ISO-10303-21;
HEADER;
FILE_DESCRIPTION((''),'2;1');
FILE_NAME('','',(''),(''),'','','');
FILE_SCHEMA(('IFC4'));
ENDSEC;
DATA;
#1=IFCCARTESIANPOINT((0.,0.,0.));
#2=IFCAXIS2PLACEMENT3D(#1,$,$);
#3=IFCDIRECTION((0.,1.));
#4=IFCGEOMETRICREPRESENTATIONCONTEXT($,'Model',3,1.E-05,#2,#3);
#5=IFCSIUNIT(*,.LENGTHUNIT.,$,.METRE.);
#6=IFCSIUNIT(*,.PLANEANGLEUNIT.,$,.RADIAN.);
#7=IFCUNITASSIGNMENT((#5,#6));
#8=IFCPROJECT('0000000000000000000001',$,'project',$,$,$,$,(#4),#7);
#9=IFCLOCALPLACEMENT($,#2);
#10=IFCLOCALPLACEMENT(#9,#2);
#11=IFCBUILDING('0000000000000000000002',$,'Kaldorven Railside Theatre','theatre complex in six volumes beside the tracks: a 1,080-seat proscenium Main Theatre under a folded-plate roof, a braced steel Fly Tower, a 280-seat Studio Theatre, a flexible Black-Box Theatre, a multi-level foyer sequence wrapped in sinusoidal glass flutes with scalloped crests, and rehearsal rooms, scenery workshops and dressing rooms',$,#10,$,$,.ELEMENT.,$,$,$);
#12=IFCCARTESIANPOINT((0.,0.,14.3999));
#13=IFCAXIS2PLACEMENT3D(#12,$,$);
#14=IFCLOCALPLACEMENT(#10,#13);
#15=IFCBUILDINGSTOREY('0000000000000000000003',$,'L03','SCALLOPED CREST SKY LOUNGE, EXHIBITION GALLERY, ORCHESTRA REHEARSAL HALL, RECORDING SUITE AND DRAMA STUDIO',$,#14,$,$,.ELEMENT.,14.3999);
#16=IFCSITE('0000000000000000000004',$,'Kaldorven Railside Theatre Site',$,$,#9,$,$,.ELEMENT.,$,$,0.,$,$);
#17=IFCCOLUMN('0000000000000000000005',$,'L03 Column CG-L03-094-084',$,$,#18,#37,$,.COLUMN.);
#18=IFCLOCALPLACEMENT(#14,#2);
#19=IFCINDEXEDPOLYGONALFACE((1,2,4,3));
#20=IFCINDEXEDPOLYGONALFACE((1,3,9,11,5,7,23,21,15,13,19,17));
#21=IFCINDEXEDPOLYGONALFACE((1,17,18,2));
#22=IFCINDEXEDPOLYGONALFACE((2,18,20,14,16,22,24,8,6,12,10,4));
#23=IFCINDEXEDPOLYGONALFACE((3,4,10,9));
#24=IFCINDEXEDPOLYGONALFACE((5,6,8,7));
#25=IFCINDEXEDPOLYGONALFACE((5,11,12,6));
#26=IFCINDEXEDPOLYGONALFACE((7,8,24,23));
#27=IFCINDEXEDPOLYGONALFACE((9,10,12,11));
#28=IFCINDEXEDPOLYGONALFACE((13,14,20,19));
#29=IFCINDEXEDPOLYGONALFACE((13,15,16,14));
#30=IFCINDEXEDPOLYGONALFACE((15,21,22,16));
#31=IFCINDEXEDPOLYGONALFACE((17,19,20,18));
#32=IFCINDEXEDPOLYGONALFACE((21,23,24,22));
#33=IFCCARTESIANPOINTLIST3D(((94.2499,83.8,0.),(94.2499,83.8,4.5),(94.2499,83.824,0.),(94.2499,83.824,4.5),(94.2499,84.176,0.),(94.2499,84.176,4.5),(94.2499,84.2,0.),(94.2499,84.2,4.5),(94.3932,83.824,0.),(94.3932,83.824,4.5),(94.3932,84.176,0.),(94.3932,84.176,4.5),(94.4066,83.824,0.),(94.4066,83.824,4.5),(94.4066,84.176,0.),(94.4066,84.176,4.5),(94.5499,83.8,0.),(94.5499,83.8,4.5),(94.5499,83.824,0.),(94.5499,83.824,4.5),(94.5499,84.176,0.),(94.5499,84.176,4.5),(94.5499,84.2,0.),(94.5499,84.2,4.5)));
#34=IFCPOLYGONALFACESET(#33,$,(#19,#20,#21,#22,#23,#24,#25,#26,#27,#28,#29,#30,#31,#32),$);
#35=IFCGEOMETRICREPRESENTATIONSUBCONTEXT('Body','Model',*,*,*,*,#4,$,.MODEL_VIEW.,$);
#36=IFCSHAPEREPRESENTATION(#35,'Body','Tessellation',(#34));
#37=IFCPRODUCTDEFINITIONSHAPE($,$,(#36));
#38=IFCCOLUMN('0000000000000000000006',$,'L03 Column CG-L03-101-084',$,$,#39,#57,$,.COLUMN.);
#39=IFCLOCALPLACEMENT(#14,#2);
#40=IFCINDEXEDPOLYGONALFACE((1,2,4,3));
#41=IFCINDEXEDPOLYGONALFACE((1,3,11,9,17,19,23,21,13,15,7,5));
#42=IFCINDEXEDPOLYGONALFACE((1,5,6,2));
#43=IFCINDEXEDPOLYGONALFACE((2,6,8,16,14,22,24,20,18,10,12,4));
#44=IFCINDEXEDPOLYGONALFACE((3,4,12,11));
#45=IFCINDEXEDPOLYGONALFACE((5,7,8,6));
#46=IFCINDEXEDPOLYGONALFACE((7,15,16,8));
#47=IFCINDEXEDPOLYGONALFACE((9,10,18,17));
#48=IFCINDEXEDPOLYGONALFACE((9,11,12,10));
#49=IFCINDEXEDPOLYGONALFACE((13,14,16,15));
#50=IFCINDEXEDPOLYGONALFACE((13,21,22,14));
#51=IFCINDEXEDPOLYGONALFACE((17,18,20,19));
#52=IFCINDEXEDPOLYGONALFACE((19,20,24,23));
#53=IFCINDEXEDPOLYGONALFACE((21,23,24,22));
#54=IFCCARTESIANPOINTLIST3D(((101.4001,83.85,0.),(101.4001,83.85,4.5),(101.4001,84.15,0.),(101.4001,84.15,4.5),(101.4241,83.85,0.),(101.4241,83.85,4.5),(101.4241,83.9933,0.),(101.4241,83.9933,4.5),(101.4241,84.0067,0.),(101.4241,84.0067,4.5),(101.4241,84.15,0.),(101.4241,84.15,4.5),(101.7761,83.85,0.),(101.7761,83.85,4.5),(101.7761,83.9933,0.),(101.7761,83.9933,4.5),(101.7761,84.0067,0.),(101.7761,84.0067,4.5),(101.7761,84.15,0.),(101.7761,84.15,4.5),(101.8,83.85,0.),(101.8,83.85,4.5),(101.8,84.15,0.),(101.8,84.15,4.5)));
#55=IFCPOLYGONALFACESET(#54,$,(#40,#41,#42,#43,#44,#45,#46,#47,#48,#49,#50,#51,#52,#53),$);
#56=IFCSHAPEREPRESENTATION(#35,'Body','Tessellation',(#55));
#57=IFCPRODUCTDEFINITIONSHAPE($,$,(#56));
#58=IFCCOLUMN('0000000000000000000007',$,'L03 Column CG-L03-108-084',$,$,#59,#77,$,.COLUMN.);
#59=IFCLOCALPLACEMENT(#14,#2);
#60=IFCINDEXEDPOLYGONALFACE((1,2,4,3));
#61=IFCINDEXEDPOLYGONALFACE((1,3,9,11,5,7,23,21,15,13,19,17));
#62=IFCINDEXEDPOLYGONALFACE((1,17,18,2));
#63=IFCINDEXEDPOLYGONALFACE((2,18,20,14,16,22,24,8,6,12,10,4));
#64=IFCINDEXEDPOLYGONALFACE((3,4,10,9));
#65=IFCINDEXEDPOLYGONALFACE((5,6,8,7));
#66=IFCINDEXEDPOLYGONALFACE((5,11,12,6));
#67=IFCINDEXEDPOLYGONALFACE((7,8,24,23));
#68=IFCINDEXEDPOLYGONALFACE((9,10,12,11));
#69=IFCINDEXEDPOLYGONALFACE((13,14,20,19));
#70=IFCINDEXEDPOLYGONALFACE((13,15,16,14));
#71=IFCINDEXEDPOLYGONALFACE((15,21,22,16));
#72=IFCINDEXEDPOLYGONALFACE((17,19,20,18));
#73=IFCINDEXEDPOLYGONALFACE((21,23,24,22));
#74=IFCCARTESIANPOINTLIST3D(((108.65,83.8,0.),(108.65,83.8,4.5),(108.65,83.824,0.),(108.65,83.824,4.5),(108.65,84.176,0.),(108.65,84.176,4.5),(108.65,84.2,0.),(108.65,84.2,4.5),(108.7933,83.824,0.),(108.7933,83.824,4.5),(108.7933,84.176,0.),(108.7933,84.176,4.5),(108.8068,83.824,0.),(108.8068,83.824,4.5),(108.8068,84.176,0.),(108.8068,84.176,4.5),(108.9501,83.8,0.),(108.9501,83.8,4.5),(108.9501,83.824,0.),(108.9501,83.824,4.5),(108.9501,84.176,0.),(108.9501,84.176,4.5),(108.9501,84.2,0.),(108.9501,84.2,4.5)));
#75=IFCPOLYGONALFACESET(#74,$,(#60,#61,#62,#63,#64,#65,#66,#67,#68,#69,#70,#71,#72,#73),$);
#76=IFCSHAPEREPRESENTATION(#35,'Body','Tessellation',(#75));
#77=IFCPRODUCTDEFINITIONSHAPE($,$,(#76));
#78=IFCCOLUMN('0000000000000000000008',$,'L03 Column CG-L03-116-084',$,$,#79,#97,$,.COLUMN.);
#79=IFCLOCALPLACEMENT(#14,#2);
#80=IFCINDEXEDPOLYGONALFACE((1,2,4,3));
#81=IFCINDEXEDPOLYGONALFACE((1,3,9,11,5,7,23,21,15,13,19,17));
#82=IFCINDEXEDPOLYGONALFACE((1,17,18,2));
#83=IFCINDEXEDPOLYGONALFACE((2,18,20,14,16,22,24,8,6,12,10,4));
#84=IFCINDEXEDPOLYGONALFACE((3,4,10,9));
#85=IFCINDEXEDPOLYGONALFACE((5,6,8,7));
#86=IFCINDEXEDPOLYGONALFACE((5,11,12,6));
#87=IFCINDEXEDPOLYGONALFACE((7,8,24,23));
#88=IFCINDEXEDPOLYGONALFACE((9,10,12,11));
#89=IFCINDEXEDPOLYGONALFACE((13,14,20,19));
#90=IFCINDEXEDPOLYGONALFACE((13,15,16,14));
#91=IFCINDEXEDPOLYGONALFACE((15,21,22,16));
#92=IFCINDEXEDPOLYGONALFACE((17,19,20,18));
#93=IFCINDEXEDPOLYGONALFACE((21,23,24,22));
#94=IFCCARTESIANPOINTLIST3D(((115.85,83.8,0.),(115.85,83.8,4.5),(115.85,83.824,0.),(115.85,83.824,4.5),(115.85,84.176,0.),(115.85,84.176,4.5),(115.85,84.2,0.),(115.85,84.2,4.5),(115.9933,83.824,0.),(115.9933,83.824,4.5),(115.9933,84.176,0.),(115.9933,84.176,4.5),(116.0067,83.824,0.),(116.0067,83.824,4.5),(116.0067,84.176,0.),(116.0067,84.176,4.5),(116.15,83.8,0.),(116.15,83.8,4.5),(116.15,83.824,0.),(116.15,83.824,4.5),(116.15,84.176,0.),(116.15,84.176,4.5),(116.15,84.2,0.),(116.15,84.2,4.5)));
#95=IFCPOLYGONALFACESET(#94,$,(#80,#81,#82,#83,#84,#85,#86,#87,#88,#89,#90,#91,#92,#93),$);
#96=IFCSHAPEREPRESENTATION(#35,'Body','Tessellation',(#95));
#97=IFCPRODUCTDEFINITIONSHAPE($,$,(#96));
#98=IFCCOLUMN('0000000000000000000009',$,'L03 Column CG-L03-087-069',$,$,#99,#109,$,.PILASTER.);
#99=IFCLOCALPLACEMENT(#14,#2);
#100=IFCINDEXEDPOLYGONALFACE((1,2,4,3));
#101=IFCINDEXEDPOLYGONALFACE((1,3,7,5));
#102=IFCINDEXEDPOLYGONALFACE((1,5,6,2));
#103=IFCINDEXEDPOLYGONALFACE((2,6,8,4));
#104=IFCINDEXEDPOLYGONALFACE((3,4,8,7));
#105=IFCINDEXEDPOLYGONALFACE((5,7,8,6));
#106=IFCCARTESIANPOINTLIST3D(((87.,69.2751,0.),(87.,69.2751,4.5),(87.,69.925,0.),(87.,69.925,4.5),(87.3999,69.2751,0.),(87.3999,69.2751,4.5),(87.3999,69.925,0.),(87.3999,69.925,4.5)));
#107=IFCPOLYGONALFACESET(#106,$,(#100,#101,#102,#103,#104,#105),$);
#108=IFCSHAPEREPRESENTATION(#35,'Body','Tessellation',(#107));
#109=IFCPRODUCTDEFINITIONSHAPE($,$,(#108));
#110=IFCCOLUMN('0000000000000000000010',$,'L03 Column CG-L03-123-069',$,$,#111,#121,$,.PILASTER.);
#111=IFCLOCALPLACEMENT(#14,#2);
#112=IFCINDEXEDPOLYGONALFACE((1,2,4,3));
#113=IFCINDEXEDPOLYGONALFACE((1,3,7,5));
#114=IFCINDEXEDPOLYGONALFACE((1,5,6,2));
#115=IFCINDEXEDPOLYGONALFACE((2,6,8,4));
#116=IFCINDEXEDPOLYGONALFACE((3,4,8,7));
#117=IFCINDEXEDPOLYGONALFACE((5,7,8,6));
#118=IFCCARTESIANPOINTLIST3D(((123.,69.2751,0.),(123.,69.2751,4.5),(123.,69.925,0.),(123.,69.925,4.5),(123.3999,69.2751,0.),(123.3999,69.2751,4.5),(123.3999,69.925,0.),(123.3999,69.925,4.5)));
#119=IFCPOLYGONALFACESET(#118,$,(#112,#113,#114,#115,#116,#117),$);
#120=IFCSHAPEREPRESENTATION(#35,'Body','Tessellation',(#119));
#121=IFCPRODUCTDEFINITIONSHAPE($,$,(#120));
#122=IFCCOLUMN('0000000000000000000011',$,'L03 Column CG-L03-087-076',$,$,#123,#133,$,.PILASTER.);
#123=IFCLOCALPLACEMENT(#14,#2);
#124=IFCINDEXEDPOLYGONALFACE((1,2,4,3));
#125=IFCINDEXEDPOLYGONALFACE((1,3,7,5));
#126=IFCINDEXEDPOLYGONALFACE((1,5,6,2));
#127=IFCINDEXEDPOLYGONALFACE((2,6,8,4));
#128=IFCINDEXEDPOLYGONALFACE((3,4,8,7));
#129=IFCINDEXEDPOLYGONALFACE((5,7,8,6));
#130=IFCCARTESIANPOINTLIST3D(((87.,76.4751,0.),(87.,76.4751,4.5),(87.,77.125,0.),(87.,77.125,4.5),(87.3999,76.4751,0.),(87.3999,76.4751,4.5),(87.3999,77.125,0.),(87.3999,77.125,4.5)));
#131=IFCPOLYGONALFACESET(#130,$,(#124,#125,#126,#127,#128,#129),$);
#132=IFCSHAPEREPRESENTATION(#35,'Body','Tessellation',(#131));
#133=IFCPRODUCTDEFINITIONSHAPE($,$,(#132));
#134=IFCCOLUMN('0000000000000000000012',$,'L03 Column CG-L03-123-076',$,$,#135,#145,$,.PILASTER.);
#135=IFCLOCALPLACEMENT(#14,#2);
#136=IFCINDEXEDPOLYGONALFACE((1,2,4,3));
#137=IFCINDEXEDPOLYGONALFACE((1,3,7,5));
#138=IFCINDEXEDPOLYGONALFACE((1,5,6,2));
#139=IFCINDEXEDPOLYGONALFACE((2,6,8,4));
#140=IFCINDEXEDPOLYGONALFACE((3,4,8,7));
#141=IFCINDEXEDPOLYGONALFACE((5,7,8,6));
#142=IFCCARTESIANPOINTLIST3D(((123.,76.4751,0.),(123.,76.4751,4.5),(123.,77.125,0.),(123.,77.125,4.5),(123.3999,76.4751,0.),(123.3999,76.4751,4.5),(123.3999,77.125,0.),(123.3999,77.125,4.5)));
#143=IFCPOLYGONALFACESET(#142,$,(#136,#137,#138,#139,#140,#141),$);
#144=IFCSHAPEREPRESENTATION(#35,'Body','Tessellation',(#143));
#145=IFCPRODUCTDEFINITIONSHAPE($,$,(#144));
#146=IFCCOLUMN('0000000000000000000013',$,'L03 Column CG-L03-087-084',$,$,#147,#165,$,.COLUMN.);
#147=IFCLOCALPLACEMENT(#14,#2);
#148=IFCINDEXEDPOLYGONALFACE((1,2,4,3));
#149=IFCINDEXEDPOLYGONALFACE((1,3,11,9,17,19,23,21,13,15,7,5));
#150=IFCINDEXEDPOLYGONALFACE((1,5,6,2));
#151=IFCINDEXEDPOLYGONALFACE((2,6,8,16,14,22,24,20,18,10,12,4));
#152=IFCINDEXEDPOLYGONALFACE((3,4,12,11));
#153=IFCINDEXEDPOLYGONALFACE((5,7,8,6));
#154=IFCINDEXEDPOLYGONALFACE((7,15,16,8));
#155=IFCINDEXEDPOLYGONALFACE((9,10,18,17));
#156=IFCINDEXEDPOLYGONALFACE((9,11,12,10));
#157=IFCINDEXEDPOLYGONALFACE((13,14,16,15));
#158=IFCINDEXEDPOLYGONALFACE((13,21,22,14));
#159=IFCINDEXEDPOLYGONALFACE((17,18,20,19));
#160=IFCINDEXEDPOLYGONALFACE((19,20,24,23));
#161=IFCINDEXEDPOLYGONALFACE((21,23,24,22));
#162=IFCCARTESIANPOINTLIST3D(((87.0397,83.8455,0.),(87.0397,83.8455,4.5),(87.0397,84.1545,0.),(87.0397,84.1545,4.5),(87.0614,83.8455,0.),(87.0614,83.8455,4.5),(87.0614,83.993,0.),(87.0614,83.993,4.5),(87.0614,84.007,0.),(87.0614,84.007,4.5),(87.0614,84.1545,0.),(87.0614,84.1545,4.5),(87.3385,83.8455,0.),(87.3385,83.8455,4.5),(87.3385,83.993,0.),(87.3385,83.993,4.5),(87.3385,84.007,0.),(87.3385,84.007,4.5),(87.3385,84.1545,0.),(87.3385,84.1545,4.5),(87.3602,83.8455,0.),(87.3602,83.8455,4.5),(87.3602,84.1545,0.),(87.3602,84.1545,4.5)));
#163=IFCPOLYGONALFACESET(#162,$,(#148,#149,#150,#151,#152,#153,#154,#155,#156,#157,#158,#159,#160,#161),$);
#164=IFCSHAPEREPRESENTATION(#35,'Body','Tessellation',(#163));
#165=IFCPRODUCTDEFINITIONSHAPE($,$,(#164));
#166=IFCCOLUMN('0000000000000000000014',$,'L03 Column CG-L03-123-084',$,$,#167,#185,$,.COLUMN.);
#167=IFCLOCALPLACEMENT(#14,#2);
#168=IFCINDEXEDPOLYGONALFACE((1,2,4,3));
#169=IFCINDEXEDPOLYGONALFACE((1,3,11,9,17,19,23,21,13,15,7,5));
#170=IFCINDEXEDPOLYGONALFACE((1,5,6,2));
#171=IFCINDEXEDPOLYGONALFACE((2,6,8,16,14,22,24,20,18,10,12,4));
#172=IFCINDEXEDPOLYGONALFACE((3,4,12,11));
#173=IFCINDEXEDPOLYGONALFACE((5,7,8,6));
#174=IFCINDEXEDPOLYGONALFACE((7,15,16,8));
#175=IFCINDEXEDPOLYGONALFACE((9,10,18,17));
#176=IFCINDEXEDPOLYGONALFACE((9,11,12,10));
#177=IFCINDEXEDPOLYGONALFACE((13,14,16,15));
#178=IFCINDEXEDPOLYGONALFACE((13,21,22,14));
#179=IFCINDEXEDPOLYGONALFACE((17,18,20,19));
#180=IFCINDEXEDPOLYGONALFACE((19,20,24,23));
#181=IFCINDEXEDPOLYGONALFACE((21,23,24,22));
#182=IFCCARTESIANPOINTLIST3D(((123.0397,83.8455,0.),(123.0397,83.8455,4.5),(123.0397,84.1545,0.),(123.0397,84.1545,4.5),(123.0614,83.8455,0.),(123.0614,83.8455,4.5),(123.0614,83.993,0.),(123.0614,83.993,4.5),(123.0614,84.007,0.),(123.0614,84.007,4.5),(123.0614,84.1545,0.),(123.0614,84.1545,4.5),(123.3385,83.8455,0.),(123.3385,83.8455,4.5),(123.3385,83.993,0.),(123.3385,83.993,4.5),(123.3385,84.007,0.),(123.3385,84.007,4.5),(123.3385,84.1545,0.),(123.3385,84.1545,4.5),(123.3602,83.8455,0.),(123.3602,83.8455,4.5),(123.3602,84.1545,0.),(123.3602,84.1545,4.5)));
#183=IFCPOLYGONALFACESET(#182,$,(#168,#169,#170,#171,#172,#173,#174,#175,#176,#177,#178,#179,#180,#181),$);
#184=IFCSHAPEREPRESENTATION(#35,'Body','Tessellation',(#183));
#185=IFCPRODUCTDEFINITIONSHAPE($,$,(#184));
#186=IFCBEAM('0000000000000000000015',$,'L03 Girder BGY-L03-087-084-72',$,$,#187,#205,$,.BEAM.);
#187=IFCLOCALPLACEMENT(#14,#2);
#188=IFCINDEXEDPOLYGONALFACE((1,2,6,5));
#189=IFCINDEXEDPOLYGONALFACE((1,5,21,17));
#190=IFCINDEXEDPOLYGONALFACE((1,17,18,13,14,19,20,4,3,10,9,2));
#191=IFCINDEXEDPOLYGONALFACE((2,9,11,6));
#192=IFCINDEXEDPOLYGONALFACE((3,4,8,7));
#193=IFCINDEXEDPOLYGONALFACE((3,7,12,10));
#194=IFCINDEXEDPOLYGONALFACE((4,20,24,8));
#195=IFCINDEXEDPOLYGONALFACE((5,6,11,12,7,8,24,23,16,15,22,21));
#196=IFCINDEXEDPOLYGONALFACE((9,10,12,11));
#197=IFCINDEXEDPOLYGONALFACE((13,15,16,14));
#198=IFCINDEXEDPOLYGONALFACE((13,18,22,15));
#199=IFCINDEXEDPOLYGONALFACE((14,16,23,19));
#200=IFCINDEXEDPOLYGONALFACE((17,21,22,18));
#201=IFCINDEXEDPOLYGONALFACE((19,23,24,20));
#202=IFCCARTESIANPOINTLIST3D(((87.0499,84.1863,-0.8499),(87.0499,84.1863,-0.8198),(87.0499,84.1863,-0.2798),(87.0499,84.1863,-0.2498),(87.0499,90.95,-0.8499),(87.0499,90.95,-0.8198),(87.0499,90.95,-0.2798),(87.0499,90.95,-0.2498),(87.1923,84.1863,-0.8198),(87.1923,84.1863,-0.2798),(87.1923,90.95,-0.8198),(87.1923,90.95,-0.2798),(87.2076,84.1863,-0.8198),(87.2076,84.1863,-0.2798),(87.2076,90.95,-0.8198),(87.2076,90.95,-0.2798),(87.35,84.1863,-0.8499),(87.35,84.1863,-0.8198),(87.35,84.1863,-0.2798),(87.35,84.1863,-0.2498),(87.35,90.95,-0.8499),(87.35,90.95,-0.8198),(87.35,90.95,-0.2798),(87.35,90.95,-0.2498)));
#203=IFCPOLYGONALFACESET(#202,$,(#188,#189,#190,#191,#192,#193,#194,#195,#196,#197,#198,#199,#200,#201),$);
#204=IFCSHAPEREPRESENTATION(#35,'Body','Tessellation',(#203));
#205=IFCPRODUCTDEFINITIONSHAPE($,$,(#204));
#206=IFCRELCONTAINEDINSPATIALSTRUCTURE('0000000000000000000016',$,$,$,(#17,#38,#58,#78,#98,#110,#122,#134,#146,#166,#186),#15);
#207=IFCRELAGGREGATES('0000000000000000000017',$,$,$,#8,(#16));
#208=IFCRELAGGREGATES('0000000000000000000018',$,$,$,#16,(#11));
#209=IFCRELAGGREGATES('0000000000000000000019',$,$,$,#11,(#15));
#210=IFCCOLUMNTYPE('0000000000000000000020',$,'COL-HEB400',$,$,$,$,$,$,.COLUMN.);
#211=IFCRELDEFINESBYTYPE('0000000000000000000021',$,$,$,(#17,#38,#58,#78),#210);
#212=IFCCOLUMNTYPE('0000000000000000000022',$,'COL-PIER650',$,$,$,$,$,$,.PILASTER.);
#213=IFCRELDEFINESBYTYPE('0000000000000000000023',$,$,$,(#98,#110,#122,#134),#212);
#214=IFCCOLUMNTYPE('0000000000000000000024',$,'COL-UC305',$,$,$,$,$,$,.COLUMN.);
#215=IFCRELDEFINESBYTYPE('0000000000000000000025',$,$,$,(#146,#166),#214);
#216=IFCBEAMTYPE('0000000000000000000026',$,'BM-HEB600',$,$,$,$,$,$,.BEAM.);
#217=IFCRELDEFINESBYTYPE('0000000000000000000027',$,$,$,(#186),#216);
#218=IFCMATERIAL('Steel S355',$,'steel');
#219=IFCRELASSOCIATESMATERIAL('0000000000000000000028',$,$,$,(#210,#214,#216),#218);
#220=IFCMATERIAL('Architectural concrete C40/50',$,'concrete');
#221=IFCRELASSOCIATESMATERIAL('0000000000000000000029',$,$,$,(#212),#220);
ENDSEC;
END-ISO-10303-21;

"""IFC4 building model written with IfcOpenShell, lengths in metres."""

from ifc_helpers import new_model, si_unit, direction, frame, origin, origin_2d, place, context, subcontext, project, spatial, rectangle, i_section, extrude, material, material_profile, profile_set, type_object, element, save


model = new_model("IFC4")

# Units and contexts
model_context = context("Model", 3, precision=1e-05, world=origin(), true_north=direction((0.0, 1.0)))
body_context = subcontext(model_context, "Body", "Model", "MODEL_VIEW")
ifc_project = project(units=[si_unit("LENGTHUNIT", "METRE"), si_unit("PLANEANGLEUNIT", "RADIAN")], contexts=[model_context])

# Site, building, storey
site_placement = place(None, origin())
site = spatial("IfcSite", under=ifc_project, at=site_placement, Name="Kaldorven Railside Theatre Site", CompositionType="ELEMENT", RefElevation=0.0)
building_placement = place(site_placement, origin())
building = spatial("IfcBuilding", under=site, at=building_placement, Name="Kaldorven Railside Theatre", Description="theatre complex in six volumes beside the tracks: a 1,080-seat proscenium Main Theatre under a folded-plate roof, a braced steel Fly Tower, a 280-seat Studio Theatre, a flexible Black-Box Theatre, a multi-level foyer sequence wrapped in sinusoidal glass flutes with scalloped crests, and rehearsal rooms, scenery workshops and dressing rooms", CompositionType="ELEMENT")
storey_placement = place(building_placement, frame((0.0, 0.0, 14.3999)))
storey = spatial("IfcBuildingStorey", under=building, at=storey_placement, Name="L03", Description="SCALLOPED CREST SKY LOUNGE, EXHIBITION GALLERY, ORCHESTRA REHEARSAL HALL, RECORDING SUITE AND DRAMA STUDIO", CompositionType="ELEMENT", Elevation=14.3999)

# Columns
ifc_material_1 = material(Name="Steel S355", Category="steel")
ifc_material_profile_1 = material_profile(ifc_material_1, i_section(OverallWidth=0.3, OverallDepth=0.3999, WebThickness=0.0134, FlangeThickness=0.0239, at=origin_2d()), Name="HEB 400")
ifc_profile_set_1 = profile_set([ifc_material_profile_1], Name="Steel S355")
column_type_1 = type_object("IfcColumnType", Name="COL-HEB400", PredefinedType="COLUMN", material=ifc_profile_set_1)
for number, where, z_axis, x_axis, name in (
    (1, (94.3999, 84.0, 0.0), (0.0, 0.0, 1.0), (1.0, 0.0, 0.0), "L03 Column CG-L03-094-084"),
    (2, (101.6001, 84.0, 0.0), (0.0, 0.0, 1.0), (0.0, 1.0, 0.0), "L03 Column CG-L03-101-084"),
    (3, (108.8, 84.0, 0.0), (0.0, 0.0, 1.0), (1.0, 0.0, 0.0), "L03 Column CG-L03-108-084"),
    (4, (116.0, 84.0, 0.0), (0.0, 0.0, 1.0), (1.0, 0.0, 0.0), "L03 Column CG-L03-116-084"),
):
    element("IfcColumn", number, at=place(storey_placement, frame(where, z_axis=z_axis, x_axis=x_axis)), inside=storey, type_object=column_type_1, Name=name, PredefinedType="COLUMN", context=body_context, shape_type="SweptSolid", body=[
        extrude(i_section(OverallWidth=0.3, OverallDepth=0.3999, WebThickness=0.0134, FlangeThickness=0.0239, at=origin_2d()), origin(), (0.0, 0.0, 1.0), 4.5),
    ])
ifc_material_2 = material(Name="Architectural concrete C40/50", Category="concrete")
ifc_material_profile_2 = material_profile(ifc_material_2, rectangle(XDim=0.3999, YDim=0.6499, at=origin_2d()), Name="RC 400x650")
ifc_profile_set_2 = profile_set([ifc_material_profile_2], Name="Architectural concrete C40/50")
column_type_2 = type_object("IfcColumnType", Name="COL-PIER650", PredefinedType="PILASTER", material=ifc_profile_set_2)
for number, where, z_axis, x_axis, name in (
    (5, (87.2, 69.6001, 0.0), (0.0, 0.0, 1.0), (1.0, 0.0, 0.0), "L03 Column CG-L03-087-069"),
    (6, (123.2, 69.6001, 0.0), (0.0, 0.0, 1.0), (1.0, 0.0, 0.0), "L03 Column CG-L03-123-069"),
    (7, (87.2, 76.8, 0.0), (0.0, 0.0, 1.0), (1.0, 0.0, 0.0), "L03 Column CG-L03-087-076"),
    (8, (123.2, 76.8, 0.0), (0.0, 0.0, 1.0), (1.0, 0.0, 0.0), "L03 Column CG-L03-123-076"),
):
    element("IfcColumn", number, at=place(storey_placement, frame(where, z_axis=z_axis, x_axis=x_axis)), inside=storey, type_object=column_type_2, Name=name, PredefinedType="PILASTER", context=body_context, shape_type="SweptSolid", body=[
        extrude(rectangle(XDim=0.3999, YDim=0.6499, at=origin_2d()), origin(), (0.0, 0.0, 1.0), 4.5),
    ])
ifc_material_profile_3 = material_profile(ifc_material_1, i_section(OverallWidth=0.3091, OverallDepth=0.3206, WebThickness=0.0139, FlangeThickness=0.0217, at=origin_2d()), Name="UC 305x305x137")
ifc_profile_set_3 = profile_set([ifc_material_profile_3], Name="Steel S355")
column_type_3 = type_object("IfcColumnType", Name="COL-UC305", PredefinedType="COLUMN", material=ifc_profile_set_3)
for number, where, z_axis, x_axis, name in (
    (9, (87.2, 84.0, 0.0), (0.0, 0.0, 1.0), (0.0, 1.0, 0.0), "L03 Column CG-L03-087-084"),
    (10, (123.2, 84.0, 0.0), (0.0, 0.0, 1.0), (0.0, 1.0, 0.0), "L03 Column CG-L03-123-084"),
):
    element("IfcColumn", number, at=place(storey_placement, frame(where, z_axis=z_axis, x_axis=x_axis)), inside=storey, type_object=column_type_3, Name=name, PredefinedType="COLUMN", context=body_context, shape_type="SweptSolid", body=[
        extrude(i_section(OverallWidth=0.3091, OverallDepth=0.3206, WebThickness=0.0139, FlangeThickness=0.0217, at=origin_2d()), origin(), (0.0, 0.0, 1.0), 4.5),
    ])

# Beam
ifc_material_profile_4 = material_profile(ifc_material_1, i_section(OverallWidth=0.3, OverallDepth=0.6001, WebThickness=0.0154, FlangeThickness=0.03, at=origin_2d()), Name="HEB 600")
ifc_profile_set_4 = profile_set([ifc_material_profile_4], Name="Steel S355")
beam_type_1 = type_object("IfcBeamType", Name="BM-HEB600", PredefinedType="BEAM", material=ifc_profile_set_4)
for number, where, z_axis, x_axis, name in (
    (11, (87.2, 84.1863, -0.5498), (0.0, 1.0, 0.0), (-1.0, 0.0, 0.0), "L03 Girder BGY-L03-087-084-72"),
):
    element("IfcBeam", number, at=place(storey_placement, frame(where, z_axis=z_axis, x_axis=x_axis)), inside=storey, type_object=beam_type_1, Name=name, PredefinedType="BEAM", context=body_context, shape_type="SweptSolid", body=[
        extrude(i_section(OverallWidth=0.3, OverallDepth=0.6001, WebThickness=0.0154, FlangeThickness=0.03, at=origin_2d()), origin(), (0.0, 0.0, 1.0), 6.7637),
    ])

save(model, "model.ifc")
